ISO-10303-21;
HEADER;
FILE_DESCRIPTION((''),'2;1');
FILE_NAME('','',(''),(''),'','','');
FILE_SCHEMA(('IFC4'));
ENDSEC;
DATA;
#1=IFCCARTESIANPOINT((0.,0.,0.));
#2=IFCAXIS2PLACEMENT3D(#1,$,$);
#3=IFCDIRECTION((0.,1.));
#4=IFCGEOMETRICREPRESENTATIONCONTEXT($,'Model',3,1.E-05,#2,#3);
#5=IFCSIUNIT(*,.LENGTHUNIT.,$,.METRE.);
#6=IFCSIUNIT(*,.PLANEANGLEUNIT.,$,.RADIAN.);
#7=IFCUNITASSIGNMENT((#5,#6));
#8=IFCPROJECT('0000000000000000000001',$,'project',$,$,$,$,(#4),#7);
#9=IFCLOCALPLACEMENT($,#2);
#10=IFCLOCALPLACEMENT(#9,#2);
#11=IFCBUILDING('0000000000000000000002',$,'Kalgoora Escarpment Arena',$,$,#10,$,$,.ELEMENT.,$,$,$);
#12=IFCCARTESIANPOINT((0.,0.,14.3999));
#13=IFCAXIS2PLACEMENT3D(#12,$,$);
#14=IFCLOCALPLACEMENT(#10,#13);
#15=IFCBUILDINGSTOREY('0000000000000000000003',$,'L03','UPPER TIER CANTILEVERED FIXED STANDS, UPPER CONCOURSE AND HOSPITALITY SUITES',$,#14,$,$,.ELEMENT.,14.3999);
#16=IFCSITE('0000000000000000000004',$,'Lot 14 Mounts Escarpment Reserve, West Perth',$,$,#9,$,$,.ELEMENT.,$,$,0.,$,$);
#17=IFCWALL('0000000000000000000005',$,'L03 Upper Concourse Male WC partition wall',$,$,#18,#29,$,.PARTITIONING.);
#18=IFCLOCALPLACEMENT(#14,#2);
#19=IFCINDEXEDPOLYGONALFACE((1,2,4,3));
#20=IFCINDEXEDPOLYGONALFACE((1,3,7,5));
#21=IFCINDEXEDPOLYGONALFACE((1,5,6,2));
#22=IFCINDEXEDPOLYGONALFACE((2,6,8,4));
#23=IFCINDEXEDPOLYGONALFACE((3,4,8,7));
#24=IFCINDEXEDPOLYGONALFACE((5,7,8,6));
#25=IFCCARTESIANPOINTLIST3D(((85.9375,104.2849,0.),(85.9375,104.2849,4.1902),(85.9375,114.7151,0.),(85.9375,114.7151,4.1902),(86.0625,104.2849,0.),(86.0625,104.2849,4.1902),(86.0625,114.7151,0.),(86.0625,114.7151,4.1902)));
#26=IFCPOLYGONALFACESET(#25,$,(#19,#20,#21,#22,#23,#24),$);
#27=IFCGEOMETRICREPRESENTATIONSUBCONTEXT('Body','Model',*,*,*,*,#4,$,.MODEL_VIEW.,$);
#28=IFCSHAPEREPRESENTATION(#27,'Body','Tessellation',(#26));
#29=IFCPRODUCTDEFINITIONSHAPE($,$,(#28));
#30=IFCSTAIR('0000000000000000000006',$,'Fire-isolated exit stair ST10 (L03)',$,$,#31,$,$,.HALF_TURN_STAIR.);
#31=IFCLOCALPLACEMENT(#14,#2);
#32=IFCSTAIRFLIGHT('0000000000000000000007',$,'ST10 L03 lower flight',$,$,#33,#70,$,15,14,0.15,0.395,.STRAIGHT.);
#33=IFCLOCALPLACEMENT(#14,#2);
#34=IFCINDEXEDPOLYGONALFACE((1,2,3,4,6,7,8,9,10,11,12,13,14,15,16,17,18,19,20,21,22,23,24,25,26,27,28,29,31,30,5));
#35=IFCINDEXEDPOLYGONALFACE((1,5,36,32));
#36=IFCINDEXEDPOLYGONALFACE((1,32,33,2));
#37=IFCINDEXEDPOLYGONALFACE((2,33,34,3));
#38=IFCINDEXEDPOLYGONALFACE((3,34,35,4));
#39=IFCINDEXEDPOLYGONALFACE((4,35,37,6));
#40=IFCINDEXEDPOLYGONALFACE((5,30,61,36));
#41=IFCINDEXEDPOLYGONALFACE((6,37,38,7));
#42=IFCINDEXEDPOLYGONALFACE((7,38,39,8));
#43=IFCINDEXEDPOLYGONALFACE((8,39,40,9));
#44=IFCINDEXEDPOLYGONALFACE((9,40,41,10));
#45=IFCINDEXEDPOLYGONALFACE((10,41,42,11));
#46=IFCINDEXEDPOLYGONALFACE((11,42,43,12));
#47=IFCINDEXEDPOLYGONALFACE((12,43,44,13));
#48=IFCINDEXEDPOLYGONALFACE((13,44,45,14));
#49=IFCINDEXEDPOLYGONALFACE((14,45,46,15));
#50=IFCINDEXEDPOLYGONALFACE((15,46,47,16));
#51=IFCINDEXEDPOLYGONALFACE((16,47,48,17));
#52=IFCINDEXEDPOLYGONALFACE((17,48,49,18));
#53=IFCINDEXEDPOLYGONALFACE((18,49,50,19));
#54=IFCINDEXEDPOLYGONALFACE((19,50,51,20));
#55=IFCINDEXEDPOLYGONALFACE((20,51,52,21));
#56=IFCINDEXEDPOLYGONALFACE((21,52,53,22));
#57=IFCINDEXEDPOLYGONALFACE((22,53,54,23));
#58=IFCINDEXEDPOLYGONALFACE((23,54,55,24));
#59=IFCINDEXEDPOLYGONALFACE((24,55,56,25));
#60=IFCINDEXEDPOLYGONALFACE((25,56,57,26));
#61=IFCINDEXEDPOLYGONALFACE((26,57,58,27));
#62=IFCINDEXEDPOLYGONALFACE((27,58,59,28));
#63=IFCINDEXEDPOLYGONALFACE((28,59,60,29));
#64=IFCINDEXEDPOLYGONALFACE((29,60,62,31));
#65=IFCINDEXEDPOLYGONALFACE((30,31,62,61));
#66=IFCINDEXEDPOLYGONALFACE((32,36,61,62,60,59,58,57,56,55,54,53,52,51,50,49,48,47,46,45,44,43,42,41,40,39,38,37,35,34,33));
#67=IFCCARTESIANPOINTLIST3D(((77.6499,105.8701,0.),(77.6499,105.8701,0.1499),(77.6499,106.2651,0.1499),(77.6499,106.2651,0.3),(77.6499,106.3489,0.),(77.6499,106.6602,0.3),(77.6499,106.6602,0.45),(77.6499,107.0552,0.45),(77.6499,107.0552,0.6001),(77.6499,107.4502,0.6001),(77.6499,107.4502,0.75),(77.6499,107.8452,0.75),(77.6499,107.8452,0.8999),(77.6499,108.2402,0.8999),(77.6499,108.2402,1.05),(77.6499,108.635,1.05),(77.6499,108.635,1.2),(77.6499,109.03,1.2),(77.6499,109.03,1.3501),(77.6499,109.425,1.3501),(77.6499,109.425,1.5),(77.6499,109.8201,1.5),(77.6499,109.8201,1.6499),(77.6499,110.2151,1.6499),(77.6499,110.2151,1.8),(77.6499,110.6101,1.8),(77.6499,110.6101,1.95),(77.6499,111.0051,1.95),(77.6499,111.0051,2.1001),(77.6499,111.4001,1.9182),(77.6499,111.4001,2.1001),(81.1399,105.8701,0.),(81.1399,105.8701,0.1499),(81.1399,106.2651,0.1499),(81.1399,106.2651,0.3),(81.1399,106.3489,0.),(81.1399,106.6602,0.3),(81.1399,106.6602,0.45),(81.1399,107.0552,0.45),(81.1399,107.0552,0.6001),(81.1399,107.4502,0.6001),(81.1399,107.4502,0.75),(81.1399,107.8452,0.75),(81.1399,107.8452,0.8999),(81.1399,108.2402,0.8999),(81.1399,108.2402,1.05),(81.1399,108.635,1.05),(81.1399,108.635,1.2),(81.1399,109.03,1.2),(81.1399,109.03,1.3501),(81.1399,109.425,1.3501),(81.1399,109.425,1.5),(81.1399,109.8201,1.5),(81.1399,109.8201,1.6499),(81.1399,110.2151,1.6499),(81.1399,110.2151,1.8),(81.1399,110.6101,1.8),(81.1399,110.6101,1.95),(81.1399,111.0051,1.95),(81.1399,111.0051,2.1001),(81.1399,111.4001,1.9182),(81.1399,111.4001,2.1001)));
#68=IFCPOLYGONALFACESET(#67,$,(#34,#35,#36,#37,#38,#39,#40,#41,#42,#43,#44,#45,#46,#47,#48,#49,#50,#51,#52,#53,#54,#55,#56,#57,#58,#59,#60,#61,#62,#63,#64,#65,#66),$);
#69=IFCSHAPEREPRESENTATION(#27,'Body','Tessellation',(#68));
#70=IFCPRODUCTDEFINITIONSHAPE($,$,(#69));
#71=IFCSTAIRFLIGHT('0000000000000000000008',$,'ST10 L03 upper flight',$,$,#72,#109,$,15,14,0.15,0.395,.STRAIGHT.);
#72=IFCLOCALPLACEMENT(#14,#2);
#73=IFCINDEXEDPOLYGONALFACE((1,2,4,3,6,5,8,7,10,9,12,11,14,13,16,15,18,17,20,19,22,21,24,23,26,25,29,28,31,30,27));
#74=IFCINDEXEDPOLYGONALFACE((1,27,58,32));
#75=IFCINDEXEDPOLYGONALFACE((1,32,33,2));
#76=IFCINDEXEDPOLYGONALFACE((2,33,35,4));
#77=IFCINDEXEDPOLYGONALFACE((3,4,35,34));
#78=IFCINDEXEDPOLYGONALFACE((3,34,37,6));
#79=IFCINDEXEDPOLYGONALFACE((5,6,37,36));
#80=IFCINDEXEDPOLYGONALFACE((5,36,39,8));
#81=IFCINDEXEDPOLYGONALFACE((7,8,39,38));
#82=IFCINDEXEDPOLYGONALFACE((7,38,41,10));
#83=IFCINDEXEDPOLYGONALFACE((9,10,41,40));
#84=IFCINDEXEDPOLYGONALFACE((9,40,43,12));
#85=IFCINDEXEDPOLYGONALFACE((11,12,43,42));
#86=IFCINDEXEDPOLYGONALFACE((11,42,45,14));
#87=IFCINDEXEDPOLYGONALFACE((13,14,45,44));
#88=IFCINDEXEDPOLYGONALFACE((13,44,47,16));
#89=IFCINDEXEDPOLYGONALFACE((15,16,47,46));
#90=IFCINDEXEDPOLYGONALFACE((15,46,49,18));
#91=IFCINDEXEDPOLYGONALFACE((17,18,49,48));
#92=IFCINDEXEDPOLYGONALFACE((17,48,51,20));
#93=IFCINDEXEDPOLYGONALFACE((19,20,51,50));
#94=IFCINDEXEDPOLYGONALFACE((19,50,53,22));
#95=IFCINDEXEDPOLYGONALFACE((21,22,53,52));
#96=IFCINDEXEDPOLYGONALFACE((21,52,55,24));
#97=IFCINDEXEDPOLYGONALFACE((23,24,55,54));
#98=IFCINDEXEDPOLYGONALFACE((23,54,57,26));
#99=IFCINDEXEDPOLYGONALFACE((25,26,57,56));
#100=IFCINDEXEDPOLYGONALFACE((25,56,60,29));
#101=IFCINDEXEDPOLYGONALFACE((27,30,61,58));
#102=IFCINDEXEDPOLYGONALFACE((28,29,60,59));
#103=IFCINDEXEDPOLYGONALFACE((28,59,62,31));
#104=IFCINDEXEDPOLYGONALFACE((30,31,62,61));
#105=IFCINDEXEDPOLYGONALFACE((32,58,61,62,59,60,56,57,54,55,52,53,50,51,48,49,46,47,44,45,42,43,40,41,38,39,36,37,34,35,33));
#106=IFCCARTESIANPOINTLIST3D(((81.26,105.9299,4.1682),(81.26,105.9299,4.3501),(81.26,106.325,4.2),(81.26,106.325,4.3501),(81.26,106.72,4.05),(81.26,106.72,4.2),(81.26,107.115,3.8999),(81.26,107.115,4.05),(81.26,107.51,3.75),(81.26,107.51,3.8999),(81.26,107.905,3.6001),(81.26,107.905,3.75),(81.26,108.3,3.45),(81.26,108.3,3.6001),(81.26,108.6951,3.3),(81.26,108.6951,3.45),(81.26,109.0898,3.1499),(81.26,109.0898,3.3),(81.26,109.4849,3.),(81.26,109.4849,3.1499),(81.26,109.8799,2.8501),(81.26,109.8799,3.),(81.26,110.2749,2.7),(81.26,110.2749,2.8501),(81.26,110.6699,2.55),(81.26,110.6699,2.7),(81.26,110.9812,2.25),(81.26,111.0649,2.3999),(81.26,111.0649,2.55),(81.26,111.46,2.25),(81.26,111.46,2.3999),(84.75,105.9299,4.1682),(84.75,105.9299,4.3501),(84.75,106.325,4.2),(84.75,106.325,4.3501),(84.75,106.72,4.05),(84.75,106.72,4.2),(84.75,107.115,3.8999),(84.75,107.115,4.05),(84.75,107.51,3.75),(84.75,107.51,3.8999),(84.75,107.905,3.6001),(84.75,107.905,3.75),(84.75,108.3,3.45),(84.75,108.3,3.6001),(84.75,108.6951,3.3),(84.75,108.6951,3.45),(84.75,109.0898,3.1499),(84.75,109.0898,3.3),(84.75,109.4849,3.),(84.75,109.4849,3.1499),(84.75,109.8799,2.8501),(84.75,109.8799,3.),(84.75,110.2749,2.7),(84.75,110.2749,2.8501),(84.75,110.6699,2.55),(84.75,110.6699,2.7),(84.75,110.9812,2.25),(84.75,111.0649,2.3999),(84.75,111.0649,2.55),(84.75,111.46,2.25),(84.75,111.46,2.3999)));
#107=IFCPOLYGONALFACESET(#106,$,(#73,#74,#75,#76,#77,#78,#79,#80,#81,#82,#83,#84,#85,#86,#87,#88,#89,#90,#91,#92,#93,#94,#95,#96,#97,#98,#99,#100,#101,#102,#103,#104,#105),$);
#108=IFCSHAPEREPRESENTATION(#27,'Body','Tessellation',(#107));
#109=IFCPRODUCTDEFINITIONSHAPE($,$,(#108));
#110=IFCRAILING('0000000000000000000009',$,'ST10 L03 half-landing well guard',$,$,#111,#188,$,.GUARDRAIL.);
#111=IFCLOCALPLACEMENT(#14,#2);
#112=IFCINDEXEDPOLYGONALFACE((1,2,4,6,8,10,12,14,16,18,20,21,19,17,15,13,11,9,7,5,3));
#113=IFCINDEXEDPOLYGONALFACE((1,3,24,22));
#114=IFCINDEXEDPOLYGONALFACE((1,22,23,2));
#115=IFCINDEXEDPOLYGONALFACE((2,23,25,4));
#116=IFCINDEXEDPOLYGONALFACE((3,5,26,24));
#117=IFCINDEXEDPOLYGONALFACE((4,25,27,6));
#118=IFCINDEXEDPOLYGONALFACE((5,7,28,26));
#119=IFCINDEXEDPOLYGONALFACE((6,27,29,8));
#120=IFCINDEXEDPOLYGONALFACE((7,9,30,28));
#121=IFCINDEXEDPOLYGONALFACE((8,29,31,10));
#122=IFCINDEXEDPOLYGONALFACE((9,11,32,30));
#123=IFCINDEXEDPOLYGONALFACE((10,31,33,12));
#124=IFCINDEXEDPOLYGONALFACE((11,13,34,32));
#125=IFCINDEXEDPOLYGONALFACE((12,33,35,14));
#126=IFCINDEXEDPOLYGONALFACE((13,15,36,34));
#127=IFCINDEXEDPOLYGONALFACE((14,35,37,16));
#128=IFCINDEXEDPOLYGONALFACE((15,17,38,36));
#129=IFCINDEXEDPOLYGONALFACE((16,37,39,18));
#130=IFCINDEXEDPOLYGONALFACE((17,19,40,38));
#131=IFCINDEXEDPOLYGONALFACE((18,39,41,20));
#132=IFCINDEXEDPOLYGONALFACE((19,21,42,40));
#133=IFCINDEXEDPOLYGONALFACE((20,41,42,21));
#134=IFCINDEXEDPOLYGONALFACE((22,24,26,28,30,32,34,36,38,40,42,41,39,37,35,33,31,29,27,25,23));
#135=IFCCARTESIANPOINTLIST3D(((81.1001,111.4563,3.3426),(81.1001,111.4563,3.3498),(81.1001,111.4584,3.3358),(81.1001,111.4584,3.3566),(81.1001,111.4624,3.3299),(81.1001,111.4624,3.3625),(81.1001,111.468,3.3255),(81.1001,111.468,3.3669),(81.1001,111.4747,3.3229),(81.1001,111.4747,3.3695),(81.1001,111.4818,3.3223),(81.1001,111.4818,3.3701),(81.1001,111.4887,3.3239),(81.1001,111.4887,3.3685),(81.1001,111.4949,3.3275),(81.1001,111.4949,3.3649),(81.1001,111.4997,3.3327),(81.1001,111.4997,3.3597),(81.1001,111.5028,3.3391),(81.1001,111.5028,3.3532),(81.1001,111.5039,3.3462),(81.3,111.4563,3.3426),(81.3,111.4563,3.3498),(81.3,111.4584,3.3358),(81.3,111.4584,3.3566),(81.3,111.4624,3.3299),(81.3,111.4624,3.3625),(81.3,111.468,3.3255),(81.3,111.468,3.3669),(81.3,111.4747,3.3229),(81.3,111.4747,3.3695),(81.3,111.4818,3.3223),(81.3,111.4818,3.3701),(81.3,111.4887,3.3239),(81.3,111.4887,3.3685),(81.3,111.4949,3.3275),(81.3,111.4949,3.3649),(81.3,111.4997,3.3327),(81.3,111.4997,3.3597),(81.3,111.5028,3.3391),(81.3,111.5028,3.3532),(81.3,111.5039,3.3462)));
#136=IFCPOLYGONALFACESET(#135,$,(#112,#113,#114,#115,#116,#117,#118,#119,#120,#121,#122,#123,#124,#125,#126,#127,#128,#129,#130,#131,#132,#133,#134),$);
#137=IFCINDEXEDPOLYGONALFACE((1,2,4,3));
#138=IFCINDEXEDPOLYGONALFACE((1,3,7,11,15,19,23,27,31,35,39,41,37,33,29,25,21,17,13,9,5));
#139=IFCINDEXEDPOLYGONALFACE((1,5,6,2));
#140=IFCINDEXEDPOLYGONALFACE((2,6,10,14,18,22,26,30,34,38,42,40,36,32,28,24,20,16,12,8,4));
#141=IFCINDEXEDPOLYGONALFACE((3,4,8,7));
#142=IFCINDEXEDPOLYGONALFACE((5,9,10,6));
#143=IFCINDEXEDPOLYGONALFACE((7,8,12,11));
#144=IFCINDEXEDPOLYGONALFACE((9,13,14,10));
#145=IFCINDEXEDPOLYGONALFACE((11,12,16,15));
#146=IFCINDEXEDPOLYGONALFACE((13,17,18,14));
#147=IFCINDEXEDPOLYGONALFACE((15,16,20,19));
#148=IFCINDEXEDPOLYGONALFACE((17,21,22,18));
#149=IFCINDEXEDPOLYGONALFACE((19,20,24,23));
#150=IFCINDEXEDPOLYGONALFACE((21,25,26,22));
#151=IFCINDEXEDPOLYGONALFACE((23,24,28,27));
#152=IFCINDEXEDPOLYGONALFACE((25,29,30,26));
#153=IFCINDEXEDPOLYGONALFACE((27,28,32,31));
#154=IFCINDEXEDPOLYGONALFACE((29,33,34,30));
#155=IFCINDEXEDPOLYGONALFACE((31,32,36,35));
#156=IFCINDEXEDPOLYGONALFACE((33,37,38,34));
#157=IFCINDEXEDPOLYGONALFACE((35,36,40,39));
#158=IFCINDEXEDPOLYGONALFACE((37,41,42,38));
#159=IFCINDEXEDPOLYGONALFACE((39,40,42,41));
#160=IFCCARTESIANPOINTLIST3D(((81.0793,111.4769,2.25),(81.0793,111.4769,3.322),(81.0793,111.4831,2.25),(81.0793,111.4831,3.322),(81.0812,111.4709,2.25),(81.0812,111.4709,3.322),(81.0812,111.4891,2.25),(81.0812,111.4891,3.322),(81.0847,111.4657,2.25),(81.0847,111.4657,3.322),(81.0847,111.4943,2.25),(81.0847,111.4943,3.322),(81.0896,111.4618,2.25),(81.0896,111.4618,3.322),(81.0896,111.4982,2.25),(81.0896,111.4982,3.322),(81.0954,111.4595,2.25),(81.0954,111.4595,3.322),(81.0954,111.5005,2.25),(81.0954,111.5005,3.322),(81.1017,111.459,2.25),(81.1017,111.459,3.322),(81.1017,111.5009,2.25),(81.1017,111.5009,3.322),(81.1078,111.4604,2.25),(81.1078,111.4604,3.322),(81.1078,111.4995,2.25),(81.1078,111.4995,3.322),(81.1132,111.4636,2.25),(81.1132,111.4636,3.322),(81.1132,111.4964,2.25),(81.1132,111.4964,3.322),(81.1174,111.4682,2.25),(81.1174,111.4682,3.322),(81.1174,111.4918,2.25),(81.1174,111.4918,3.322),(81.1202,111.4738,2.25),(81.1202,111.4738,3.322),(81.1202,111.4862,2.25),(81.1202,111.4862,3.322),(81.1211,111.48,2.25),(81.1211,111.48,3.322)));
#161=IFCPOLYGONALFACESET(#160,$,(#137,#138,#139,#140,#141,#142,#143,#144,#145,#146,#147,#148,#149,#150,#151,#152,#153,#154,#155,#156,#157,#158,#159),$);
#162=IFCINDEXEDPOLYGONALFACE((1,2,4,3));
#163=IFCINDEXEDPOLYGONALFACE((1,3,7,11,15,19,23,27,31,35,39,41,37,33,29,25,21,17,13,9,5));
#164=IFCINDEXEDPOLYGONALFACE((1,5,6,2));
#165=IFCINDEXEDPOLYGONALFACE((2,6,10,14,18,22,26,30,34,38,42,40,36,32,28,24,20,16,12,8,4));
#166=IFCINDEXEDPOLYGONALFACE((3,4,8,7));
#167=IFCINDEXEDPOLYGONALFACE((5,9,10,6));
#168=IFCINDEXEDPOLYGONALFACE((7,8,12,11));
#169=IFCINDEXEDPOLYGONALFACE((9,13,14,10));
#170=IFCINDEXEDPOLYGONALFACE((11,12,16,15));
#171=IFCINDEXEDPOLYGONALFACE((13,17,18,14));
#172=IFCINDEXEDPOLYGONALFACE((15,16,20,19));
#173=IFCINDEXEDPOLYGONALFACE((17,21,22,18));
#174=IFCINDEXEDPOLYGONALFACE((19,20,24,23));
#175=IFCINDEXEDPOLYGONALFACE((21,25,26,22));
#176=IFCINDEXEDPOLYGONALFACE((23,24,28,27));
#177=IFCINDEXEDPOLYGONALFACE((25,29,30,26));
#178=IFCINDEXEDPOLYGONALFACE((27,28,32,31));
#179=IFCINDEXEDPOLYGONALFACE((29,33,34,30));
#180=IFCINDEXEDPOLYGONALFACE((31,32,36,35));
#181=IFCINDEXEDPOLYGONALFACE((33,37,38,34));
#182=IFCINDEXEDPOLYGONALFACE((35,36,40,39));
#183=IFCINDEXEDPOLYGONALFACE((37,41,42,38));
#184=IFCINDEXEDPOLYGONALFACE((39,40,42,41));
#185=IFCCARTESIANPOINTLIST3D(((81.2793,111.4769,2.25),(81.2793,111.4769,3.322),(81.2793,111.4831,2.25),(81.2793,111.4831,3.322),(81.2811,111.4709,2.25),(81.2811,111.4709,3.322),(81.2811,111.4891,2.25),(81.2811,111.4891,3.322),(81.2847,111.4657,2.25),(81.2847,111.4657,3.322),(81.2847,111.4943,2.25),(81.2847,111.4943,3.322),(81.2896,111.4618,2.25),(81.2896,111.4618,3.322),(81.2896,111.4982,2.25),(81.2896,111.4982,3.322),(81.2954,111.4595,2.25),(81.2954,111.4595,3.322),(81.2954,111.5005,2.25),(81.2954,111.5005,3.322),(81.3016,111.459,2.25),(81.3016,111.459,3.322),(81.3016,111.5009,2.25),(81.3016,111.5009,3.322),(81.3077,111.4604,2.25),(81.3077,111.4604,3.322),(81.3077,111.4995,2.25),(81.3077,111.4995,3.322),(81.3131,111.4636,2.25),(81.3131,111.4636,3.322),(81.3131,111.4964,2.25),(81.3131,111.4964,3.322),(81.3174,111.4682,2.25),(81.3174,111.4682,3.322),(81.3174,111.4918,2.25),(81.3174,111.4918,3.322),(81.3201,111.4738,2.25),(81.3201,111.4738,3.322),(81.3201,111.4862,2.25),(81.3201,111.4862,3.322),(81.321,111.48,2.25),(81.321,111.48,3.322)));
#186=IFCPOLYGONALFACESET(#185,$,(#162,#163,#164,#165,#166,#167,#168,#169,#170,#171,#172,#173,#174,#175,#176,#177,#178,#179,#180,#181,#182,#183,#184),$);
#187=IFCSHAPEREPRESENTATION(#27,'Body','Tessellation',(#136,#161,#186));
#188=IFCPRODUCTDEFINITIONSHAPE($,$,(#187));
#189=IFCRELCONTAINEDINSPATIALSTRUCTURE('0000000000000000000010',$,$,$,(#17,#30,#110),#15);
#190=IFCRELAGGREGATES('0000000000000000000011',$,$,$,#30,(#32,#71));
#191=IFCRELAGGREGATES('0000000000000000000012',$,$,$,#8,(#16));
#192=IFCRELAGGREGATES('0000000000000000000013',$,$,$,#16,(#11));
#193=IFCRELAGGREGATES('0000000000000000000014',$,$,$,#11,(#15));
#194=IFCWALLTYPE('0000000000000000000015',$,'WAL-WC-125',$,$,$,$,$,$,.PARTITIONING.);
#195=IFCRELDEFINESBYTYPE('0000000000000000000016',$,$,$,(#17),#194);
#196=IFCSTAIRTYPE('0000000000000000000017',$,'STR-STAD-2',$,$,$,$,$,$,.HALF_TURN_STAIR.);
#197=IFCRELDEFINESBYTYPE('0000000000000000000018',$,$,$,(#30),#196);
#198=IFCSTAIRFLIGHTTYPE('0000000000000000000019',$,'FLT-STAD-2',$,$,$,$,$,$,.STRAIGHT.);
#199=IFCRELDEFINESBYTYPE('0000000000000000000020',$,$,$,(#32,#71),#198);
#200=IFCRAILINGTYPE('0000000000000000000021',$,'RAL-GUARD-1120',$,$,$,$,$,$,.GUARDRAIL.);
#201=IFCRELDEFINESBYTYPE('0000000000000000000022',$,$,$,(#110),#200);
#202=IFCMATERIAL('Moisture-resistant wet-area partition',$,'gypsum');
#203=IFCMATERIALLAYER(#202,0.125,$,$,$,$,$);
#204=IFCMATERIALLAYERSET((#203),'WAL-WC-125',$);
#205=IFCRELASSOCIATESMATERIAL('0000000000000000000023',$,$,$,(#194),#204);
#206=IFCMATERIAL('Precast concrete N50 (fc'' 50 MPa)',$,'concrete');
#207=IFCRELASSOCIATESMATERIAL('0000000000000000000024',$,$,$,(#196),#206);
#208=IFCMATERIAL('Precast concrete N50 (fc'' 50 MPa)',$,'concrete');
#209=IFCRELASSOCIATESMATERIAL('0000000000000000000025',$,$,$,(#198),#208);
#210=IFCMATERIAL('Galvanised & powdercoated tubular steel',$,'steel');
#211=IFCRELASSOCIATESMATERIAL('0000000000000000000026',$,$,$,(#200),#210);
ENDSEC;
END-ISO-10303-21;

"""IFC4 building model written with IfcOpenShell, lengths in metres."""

from ifc_helpers import new_model, si_unit, direction, frame, frame_2d, origin, origin_2d, place, context, subcontext, project, spatial, polyline, rectangle, circle, outline, extrude, material, layer, layer_set, type_object, element, aggregate, save


model = new_model("IFC4")

# Units and contexts
model_context = context("Model", 3, precision=1e-05, world=origin(), true_north=direction((0.0, 1.0)))
body_context = subcontext(model_context, "Body", "Model", "MODEL_VIEW")
ifc_project = project(units=[si_unit("LENGTHUNIT", "METRE"), si_unit("PLANEANGLEUNIT", "RADIAN")], contexts=[model_context])

# Site, building, storey
site_placement = place(None, origin())
site = spatial("IfcSite", under=ifc_project, at=site_placement, Name="Lot 14 Mounts Escarpment Reserve, West Perth", CompositionType="ELEMENT", RefElevation=0.0)
building_placement = place(site_placement, origin())
building = spatial("IfcBuilding", under=site, at=building_placement, Name="Kalgoora Escarpment Arena", CompositionType="ELEMENT")
storey_placement = place(building_placement, frame((0.0, 0.0, 14.3999)))
storey = spatial("IfcBuildingStorey", under=building, at=storey_placement, Name="L03", Description="UPPER TIER CANTILEVERED FIXED STANDS, UPPER CONCOURSE AND HOSPITALITY SUITES", CompositionType="ELEMENT", Elevation=14.3999)

# Shared definitions
ifc_material_1 = material(Name="Moisture-resistant wet-area partition", Category="gypsum")
ifc_layer_1 = layer(ifc_material_1, 0.125)
ifc_layer_set_1 = layer_set([ifc_layer_1], Name="WAL-WC-125")
wall_type_1 = type_object("IfcWallType", Name="WAL-WC-125", PredefinedType="PARTITIONING", material=ifc_layer_set_1)

# Wall
wall_1_placement = place(storey_placement, frame((86.0, 104.2849, 0.0), z_axis=(0.0, 0.0, 1.0), x_axis=(0.0, 1.0, 0.0)))
element("IfcWall", 1, at=wall_1_placement, inside=storey, type_object=wall_type_1, Name="L03 Upper Concourse Male WC partition wall", PredefinedType="PARTITIONING", context=body_context, shape_type="SweptSolid", body=[
    extrude(rectangle(XDim=10.4302, YDim=0.125, at=frame_2d((5.2151, 0.0))), origin(), (0.0, 0.0, 1.0), 4.1902),
])

# Stair, stair flights
ifc_material_2 = material(Name="Precast concrete N50 (fc' 50 MPa)", Category="concrete")
stair_type = type_object("IfcStairType", Name="STR-STAD-2", PredefinedType="HALF_TURN_STAIR", material=ifc_material_2)
stair_placement = place(storey_placement, origin())
stair = element("IfcStair", 2, at=stair_placement, inside=storey, type_object=stair_type, Name="Fire-isolated exit stair ST10 (L03)", PredefinedType="HALF_TURN_STAIR")
ifc_material_3 = material(Name="Precast concrete N50 (fc' 50 MPa)", Category="concrete")
stair_flight_type = type_object("IfcStairFlightType", Name="FLT-STAD-2", PredefinedType="STRAIGHT", material=ifc_material_3)
stair_flight_1_placement = place(storey_placement, frame((79.395, 105.8701, 0.0), z_axis=(0.0, 0.0, 1.0), x_axis=(0.0, 1.0, 0.0)))
stair_flight_1 = element("IfcStairFlight", 3, at=stair_flight_1_placement, type_object=stair_flight_type, Name="ST10 L03 lower flight", NumberOfRisers=15, NumberOfTreads=14, PredefinedType="STRAIGHT", RiserHeight=0.15, TreadLength=0.395, context=body_context, shape_type="SweptSolid", body=[
    extrude(outline(polyline([(0.0, 0.0), (0.0, 0.1499), (0.395, 0.1499), (0.395, 0.3), (0.79, 0.3), (0.79, 0.45), (1.1851, 0.45), (1.1851, 0.6001), (1.5801, 0.6001), (1.5801, 0.75), (1.9751, 0.75), (1.9751, 0.8999), (2.3701, 0.8999), (2.3701, 1.05), (2.7649, 1.05), (2.7649, 1.2), (3.1599, 1.2), (3.1599, 1.3501), (3.5549, 1.3501), (3.5549, 1.5), (3.95, 1.5), (3.95, 1.6499), (4.345, 1.6499), (4.345, 1.8), (4.74, 1.8), (4.74, 1.95), (5.135, 1.95), (5.135, 2.1001), (5.53, 2.1001), (5.53, 2.25), (5.53, 1.9182), (0.4788, 0.0), (0.0, 0.0)])), frame((0.0, 1.7451, 0.0), z_axis=(0.0, -1.0, 0.0), x_axis=(1.0, 0.0, 0.0)), (0.0, 0.0, 1.0), 3.49),
])
stair_flight_2_placement = place(storey_placement, frame((83.0049, 111.46, 2.25), z_axis=(0.0, 0.0, 1.0), x_axis=(0.0, -1.0, 0.0)))
stair_flight_2 = element("IfcStairFlight", 4, at=stair_flight_2_placement, type_object=stair_flight_type, Name="ST10 L03 upper flight", NumberOfRisers=15, NumberOfTreads=14, PredefinedType="STRAIGHT", RiserHeight=0.15, TreadLength=0.395, context=body_context, shape_type="SweptSolid", body=[
    extrude(outline(polyline([(0.0, 0.0), (0.0, 0.1499), (0.395, 0.1499), (0.395, 0.3), (0.79, 0.3), (0.79, 0.45), (1.1851, 0.45), (1.1851, 0.6001), (1.5801, 0.6001), (1.5801, 0.75), (1.9751, 0.75), (1.9751, 0.8999), (2.3701, 0.8999), (2.3701, 1.05), (2.7649, 1.05), (2.7649, 1.2), (3.1599, 1.2), (3.1599, 1.3501), (3.5549, 1.3501), (3.5549, 1.5), (3.95, 1.5), (3.95, 1.6499), (4.345, 1.6499), (4.345, 1.8), (4.74, 1.8), (4.74, 1.95), (5.135, 1.95), (5.135, 2.1001), (5.53, 2.1001), (5.53, 2.25), (5.53, 1.9182), (0.4788, 0.0), (0.0, 0.0)])), frame((0.0, 1.7451, 0.0), z_axis=(0.0, -1.0, 0.0), x_axis=(1.0, 0.0, 0.0)), (0.0, 0.0, 1.0), 3.49),
])
aggregate(stair, [stair_flight_1, stair_flight_2])

# Railing
ifc_material_4 = material(Name="Galvanised & powdercoated tubular steel", Category="steel")
railing_type_1 = type_object("IfcRailingType", Name="RAL-GUARD-1120", PredefinedType="GUARDRAIL", material=ifc_material_4)
railing_1_placement = place(storey_placement, frame((81.1001, 111.48, 2.25)))
element("IfcRailing", 5, at=railing_1_placement, inside=storey, type_object=railing_type_1, Name="ST10 L03 half-landing well guard", PredefinedType="GUARDRAIL", context=body_context, shape_type="SweptSolid", body=[
    extrude(circle(Radius=0.0239, at=origin_2d()), frame((0.0, 0.0, 1.0962), z_axis=(1.0, 0.0, 0.0), x_axis=(0.0, 1.0, 0.0)), (0.0, 0.0, 1.0), 0.2),
    extrude(circle(Radius=0.021, at=origin_2d()), origin(), (0.0, 0.0, 1.0), 1.072),
    extrude(circle(Radius=0.021, at=origin_2d()), frame((0.2, 0.0, 0.0)), (0.0, 0.0, 1.0), 1.072),
])

save(model, "model.ifc")
